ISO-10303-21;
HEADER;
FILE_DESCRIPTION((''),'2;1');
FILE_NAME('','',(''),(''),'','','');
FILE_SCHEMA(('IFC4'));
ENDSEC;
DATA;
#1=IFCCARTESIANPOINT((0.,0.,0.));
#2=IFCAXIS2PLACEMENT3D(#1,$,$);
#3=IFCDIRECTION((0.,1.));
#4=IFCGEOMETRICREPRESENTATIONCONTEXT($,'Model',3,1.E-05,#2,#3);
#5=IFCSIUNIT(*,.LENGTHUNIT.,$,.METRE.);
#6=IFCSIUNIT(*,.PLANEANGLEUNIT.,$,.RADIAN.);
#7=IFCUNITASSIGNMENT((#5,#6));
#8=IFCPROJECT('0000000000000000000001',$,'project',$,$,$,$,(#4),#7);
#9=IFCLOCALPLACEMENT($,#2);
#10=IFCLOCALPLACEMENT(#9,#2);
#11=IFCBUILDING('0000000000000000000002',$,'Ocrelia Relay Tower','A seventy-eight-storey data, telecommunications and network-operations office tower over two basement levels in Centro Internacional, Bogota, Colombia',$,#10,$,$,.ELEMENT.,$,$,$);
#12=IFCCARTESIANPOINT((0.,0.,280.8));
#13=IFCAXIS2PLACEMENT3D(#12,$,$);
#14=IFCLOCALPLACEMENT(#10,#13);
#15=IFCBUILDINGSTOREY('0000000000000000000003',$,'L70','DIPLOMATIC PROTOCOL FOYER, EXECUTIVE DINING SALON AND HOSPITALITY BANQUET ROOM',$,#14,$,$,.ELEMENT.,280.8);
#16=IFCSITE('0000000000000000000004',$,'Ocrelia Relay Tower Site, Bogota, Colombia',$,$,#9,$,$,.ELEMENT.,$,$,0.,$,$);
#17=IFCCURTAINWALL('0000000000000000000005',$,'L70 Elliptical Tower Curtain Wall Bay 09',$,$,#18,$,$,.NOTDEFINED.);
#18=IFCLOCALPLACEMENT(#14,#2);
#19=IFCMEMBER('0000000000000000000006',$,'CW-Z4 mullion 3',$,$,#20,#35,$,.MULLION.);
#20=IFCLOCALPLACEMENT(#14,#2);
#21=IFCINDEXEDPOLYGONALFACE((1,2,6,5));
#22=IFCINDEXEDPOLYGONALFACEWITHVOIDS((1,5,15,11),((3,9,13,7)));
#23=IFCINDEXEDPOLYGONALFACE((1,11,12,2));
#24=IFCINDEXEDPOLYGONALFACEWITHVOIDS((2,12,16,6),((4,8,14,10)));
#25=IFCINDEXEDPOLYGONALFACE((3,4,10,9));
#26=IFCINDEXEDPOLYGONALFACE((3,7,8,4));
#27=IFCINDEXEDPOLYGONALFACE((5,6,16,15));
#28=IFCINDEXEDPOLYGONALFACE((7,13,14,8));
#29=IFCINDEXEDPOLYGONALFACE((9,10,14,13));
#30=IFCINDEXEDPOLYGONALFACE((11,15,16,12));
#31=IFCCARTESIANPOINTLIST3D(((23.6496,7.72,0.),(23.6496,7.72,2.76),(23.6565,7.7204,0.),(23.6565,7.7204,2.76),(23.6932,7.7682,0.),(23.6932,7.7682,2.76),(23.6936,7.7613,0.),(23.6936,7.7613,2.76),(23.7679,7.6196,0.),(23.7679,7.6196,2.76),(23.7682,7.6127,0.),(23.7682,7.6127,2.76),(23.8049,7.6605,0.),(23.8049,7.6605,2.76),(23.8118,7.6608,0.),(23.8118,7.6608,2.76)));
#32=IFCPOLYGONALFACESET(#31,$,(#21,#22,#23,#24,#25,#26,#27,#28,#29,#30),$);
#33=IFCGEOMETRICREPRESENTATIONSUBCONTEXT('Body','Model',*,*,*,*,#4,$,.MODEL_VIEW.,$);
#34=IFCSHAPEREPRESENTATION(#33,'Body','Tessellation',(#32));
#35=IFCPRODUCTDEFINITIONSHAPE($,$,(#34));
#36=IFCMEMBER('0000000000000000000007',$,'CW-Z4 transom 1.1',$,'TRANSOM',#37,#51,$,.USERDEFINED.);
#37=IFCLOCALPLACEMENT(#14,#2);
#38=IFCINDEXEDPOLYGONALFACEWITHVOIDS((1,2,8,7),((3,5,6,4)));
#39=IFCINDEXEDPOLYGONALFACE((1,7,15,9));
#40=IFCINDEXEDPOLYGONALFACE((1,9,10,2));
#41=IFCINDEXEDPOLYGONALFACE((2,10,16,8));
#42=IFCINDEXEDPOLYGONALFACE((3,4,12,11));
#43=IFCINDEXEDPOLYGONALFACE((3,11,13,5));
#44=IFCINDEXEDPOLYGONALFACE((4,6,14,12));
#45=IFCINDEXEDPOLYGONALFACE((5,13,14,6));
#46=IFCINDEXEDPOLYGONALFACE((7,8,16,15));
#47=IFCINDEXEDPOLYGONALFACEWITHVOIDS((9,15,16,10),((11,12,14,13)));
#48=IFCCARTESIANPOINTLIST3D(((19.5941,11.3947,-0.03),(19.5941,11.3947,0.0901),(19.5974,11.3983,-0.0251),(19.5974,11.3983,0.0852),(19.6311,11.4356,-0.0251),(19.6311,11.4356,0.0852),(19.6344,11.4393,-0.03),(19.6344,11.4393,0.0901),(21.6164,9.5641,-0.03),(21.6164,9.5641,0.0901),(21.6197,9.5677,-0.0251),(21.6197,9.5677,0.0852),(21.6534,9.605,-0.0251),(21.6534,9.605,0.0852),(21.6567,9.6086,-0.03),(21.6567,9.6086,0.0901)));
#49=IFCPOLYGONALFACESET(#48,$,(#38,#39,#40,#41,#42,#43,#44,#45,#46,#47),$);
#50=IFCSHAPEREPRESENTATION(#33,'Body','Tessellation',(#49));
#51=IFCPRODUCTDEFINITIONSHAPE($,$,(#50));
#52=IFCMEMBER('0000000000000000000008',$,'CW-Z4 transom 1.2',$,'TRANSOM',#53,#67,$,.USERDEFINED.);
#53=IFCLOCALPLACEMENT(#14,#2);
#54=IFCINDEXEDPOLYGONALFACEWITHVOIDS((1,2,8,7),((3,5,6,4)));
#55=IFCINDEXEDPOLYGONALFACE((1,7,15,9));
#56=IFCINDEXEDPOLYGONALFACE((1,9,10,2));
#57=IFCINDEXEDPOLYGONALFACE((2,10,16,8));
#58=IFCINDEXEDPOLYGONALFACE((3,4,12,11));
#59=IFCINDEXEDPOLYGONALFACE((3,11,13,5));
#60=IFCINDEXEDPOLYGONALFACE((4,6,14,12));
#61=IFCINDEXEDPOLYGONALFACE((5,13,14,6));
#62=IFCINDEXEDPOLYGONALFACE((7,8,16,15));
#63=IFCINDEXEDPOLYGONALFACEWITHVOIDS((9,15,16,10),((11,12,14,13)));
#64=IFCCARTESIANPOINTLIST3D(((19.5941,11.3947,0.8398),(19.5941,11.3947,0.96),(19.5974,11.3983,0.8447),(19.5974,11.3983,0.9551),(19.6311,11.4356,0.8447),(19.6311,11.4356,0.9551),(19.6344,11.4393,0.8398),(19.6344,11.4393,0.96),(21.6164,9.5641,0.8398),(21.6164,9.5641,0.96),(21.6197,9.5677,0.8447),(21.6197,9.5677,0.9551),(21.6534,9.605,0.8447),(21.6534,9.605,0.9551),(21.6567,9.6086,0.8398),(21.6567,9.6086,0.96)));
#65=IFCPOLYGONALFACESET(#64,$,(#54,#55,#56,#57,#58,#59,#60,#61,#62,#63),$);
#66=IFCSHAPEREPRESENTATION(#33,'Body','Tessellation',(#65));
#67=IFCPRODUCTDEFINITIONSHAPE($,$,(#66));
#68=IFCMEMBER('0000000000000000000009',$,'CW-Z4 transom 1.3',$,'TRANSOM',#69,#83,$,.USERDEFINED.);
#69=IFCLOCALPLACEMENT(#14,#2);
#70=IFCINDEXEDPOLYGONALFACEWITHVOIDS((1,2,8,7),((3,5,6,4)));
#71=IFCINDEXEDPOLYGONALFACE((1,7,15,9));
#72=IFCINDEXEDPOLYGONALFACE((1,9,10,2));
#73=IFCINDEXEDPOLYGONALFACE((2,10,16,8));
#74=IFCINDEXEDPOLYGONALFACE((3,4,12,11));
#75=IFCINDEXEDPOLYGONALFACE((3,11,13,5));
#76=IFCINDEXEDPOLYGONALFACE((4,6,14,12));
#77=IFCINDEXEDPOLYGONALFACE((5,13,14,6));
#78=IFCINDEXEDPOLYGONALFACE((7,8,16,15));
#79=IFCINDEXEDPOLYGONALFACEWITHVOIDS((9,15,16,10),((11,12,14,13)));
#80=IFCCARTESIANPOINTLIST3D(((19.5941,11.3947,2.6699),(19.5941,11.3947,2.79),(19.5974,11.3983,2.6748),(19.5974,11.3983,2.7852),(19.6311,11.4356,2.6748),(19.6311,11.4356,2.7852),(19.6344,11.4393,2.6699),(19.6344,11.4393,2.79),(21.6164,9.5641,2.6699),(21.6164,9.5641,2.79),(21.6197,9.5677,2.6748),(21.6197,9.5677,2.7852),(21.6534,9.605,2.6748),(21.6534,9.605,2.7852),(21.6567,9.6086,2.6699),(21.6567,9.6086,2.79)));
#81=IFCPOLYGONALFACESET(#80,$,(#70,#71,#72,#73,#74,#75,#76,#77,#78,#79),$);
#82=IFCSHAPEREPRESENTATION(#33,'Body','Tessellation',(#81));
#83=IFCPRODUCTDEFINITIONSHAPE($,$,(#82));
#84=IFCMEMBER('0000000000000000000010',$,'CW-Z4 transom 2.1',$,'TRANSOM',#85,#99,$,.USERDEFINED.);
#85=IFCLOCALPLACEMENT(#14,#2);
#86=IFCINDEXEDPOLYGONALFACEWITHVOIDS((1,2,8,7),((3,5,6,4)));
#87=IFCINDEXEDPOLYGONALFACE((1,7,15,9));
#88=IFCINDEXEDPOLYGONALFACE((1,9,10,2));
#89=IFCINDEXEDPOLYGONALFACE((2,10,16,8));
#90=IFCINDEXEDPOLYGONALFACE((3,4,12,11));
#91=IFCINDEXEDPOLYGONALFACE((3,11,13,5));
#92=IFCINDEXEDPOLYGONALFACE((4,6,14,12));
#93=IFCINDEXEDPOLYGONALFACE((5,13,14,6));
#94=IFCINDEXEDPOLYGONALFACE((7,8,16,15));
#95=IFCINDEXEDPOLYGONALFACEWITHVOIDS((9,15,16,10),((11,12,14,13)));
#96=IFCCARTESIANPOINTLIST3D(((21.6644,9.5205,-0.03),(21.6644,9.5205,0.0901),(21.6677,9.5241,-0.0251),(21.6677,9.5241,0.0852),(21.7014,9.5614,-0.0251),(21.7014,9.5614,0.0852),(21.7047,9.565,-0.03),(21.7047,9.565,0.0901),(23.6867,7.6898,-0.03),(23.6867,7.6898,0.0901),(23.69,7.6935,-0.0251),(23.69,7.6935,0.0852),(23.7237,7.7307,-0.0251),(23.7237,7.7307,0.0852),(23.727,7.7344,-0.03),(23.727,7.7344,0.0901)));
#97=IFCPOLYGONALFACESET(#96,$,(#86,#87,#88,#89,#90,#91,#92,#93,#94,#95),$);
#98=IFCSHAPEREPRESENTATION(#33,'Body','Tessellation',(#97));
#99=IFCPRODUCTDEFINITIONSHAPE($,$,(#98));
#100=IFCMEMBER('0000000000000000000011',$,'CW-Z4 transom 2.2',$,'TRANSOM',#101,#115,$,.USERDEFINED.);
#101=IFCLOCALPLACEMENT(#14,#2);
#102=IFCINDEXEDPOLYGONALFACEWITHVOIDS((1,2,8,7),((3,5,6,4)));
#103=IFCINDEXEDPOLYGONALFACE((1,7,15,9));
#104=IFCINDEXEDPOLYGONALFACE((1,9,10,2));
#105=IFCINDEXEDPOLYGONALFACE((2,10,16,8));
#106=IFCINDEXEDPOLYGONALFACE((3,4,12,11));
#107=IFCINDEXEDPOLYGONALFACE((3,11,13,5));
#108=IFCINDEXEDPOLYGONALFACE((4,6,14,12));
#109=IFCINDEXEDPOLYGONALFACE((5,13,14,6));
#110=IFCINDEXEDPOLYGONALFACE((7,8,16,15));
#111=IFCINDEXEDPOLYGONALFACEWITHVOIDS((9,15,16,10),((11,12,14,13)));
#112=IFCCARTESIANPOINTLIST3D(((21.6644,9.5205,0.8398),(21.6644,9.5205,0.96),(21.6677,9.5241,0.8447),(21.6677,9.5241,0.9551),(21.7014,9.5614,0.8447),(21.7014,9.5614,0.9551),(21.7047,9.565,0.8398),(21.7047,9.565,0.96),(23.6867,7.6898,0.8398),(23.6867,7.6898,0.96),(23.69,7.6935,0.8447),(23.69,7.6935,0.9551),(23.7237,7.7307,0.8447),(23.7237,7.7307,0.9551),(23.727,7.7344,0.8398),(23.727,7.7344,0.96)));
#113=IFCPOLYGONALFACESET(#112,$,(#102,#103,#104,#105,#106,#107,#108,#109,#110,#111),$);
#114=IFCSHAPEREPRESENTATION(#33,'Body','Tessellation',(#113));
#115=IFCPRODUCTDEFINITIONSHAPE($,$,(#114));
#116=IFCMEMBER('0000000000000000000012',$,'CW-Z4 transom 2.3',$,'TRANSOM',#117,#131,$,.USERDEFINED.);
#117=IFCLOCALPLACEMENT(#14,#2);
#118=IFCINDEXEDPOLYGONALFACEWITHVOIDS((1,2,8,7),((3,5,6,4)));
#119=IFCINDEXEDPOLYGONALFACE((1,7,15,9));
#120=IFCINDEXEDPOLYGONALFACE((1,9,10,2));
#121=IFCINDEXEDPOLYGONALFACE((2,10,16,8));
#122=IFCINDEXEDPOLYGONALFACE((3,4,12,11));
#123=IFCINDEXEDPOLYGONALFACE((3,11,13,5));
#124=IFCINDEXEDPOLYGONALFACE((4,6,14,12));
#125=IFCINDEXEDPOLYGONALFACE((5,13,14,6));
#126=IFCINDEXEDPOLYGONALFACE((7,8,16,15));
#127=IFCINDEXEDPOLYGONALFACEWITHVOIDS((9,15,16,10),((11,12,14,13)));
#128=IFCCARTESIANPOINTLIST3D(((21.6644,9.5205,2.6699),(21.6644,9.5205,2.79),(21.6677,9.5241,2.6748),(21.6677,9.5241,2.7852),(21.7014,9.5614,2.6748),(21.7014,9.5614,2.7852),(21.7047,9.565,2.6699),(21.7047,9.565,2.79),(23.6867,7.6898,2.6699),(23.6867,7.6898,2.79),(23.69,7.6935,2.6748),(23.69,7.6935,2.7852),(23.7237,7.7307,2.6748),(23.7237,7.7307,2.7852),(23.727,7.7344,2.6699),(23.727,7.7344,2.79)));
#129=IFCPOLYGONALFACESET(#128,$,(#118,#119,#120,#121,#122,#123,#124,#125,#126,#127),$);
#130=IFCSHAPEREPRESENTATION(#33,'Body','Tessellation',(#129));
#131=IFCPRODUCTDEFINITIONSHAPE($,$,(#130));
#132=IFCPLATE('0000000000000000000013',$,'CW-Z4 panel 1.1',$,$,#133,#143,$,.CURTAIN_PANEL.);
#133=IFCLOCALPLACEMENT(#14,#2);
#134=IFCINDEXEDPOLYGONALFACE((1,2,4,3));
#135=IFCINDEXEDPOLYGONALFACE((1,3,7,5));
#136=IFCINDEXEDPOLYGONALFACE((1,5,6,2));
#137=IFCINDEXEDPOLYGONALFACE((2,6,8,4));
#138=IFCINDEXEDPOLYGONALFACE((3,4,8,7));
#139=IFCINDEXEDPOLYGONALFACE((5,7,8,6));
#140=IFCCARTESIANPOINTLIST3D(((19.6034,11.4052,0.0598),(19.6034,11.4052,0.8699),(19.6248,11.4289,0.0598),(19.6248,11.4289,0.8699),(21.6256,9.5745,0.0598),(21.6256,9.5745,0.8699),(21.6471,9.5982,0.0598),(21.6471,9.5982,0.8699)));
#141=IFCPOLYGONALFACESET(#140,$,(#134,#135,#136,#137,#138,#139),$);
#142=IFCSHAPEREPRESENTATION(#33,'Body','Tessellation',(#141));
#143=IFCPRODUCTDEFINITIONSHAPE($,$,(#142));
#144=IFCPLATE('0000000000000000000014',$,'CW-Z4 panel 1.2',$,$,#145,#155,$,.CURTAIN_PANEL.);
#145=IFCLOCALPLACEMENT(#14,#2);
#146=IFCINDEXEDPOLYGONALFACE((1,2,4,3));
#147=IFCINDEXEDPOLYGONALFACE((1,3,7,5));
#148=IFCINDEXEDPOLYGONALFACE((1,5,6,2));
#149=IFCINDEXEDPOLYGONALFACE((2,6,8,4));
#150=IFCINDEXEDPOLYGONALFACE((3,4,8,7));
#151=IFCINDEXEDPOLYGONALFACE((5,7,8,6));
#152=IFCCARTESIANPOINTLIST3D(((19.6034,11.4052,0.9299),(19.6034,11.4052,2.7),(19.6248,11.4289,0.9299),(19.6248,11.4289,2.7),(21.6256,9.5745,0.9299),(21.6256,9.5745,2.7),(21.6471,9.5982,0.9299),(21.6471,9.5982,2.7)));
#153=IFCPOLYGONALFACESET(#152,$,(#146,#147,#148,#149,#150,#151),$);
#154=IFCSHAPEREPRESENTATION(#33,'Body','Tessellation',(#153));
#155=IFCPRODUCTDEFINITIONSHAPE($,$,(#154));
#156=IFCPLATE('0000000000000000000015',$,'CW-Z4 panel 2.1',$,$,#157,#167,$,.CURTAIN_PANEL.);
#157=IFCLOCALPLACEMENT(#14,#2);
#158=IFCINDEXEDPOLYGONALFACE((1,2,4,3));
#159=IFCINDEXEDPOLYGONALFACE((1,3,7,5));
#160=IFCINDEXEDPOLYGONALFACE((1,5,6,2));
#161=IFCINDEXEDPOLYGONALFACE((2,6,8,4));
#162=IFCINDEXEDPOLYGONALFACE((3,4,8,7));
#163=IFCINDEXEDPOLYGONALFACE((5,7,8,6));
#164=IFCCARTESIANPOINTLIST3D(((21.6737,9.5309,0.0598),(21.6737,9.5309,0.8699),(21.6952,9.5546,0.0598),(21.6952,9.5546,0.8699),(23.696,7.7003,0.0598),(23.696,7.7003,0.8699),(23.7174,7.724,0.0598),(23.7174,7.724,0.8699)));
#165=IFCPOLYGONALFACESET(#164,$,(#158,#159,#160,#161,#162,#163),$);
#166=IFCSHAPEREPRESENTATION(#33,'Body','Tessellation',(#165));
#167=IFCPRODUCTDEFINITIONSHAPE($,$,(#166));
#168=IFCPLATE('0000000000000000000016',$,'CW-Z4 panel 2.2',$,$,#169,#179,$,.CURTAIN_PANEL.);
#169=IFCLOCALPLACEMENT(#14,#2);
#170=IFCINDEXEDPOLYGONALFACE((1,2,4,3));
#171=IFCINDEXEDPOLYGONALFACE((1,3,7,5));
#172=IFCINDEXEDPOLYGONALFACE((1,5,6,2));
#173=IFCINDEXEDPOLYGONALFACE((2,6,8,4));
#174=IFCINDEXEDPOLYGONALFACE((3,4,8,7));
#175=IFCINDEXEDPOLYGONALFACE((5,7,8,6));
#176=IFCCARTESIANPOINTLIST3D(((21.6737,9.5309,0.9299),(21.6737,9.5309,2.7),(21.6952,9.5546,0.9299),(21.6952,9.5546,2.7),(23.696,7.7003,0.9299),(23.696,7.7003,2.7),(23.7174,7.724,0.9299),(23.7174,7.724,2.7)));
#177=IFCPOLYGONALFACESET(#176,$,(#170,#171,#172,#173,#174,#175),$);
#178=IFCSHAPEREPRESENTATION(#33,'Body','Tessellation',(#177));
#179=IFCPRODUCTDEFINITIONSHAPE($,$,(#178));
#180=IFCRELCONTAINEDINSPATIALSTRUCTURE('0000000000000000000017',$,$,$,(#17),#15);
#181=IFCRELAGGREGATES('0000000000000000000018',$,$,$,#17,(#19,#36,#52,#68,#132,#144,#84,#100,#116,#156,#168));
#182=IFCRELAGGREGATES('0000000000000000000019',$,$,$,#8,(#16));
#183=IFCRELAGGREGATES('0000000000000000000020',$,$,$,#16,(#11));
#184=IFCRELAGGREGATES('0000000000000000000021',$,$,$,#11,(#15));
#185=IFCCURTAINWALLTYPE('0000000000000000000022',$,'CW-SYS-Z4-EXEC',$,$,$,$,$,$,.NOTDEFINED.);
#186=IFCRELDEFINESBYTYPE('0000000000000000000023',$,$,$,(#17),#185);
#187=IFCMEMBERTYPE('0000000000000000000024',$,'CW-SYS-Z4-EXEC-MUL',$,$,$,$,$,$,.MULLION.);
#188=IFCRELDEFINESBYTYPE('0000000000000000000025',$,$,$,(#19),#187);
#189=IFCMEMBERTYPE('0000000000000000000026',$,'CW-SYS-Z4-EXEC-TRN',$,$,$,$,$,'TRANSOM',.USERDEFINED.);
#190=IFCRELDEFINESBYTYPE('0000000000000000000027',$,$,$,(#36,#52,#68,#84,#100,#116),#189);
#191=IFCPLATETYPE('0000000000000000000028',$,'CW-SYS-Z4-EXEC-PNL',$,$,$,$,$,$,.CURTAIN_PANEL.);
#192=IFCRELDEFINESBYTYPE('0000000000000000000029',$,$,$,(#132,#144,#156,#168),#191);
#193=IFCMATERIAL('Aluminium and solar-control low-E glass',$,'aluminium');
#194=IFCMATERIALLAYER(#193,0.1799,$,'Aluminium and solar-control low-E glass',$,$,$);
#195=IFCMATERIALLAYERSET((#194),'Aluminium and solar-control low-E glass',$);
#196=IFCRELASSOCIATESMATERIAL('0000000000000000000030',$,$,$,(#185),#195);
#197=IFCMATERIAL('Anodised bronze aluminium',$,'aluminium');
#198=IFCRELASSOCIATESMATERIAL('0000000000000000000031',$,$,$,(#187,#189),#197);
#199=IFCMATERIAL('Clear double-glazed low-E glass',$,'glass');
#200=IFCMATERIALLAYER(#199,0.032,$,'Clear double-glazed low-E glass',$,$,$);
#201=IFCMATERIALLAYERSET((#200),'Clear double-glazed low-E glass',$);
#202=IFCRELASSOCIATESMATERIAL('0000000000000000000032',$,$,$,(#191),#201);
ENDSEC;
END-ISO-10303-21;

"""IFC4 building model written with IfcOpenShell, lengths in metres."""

from ifc_helpers import new_model, si_unit, direction, frame, origin, origin_2d, place, context, subcontext, project, spatial, rectangle, hollow_rectangle, extrude, material, layer, layer_set, material_profile, profile_set, type_object, element, aggregate, save


model = new_model("IFC4")

# Units and contexts
model_context = context("Model", 3, precision=1e-05, world=origin(), true_north=direction((0.0, 1.0)))
body_context = subcontext(model_context, "Body", "Model", "MODEL_VIEW")
ifc_project = project(units=[si_unit("LENGTHUNIT", "METRE"), si_unit("PLANEANGLEUNIT", "RADIAN")], contexts=[model_context])

# Site, building, storey
site_placement = place(None, origin())
site = spatial("IfcSite", under=ifc_project, at=site_placement, Name="Ocrelia Relay Tower Site, Bogota, Colombia", CompositionType="ELEMENT", RefElevation=0.0)
building_placement = place(site_placement, origin())
building = spatial("IfcBuilding", under=site, at=building_placement, Name="Ocrelia Relay Tower", Description="A seventy-eight-storey data, telecommunications and network-operations office tower over two basement levels in Centro Internacional, Bogota, Colombia", CompositionType="ELEMENT")
storey_placement = place(building_placement, frame((0.0, 0.0, 280.8)))
storey = spatial("IfcBuildingStorey", under=building, at=storey_placement, Name="L70", Description="DIPLOMATIC PROTOCOL FOYER, EXECUTIVE DINING SALON AND HOSPITALITY BANQUET ROOM", CompositionType="ELEMENT", Elevation=280.8)

# Curtain wall, members, plates
ifc_material_1 = material(Name="Aluminium and solar-control low-E glass", Category="aluminium")
ifc_layer_1 = layer(ifc_material_1, 0.1799, Name="Aluminium and solar-control low-E glass")
ifc_layer_set_1 = layer_set([ifc_layer_1], Name="Aluminium and solar-control low-E glass")
curtain_wall_type = type_object("IfcCurtainWallType", Name="CW-SYS-Z4-EXEC", PredefinedType="NOTDEFINED", material=ifc_layer_set_1)
curtain_wall_placement = place(storey_placement, origin())
curtain_wall = element("IfcCurtainWall", 1, at=curtain_wall_placement, inside=storey, type_object=curtain_wall_type, Name="L70 Elliptical Tower Curtain Wall Bay 09", PredefinedType="NOTDEFINED")
ifc_material_2 = material(Name="Anodised bronze aluminium", Category="aluminium")
ifc_material_profile_1 = material_profile(ifc_material_2, hollow_rectangle(XDim=0.0649, YDim=0.1599, WallThickness=0.0049, at=origin_2d()), Name="CW-MUL-160x65")
ifc_profile_set_1 = profile_set([ifc_material_profile_1], Name="Anodised bronze aluminium")
member_type_1 = type_object("IfcMemberType", Name="CW-SYS-Z4-EXEC-MUL", PredefinedType="MULLION", material=ifc_profile_set_1)
member_1_placement = place(storey_placement, frame((23.7307, 7.6904, 0.0), z_axis=(0.0, 0.0, 1.0), x_axis=(0.671112, 0.741356, 0.0)))
member_1 = element("IfcMember", 2, at=member_1_placement, type_object=member_type_1, Name="CW-Z4 mullion 3", PredefinedType="MULLION", context=body_context, shape_type="SweptSolid", body=[
    extrude(hollow_rectangle(XDim=0.0649, YDim=0.1599, WallThickness=0.0049, at=origin_2d()), origin(), (0.0, 0.0, 1.0), 2.76),
])
ifc_material_profile_2 = material_profile(ifc_material_2, hollow_rectangle(XDim=0.0601, YDim=0.1201, WallThickness=0.0049, at=origin_2d()), Name="CW-TRN-120x60")
ifc_profile_set_2 = profile_set([ifc_material_profile_2], Name="Anodised bronze aluminium")
member_type_2 = type_object("IfcMemberType", Name="CW-SYS-Z4-EXEC-TRN", ElementType="TRANSOM", PredefinedType="USERDEFINED", material=ifc_profile_set_2)
member_2_placement = place(storey_placement, frame((19.6143, 11.417, 0.03), z_axis=(0.741364, -0.671103, 0.0), x_axis=(0.671103, 0.741364, 0.0)))
member_2 = element("IfcMember", 3, at=member_2_placement, type_object=member_type_2, Name="CW-Z4 transom 1.1", ObjectType="TRANSOM", PredefinedType="USERDEFINED", context=body_context, shape_type="SweptSolid", body=[
    extrude(hollow_rectangle(XDim=0.0601, YDim=0.1201, WallThickness=0.0049, at=origin_2d()), origin(), (0.0, 0.0, 1.0), 2.7278),
])
member_3_placement = place(storey_placement, frame((19.6143, 11.417, 0.8999), z_axis=(0.741364, -0.671103, 0.0), x_axis=(0.671103, 0.741364, 0.0)))
member_3 = element("IfcMember", 4, at=member_3_placement, type_object=member_type_2, Name="CW-Z4 transom 1.2", ObjectType="TRANSOM", PredefinedType="USERDEFINED", context=body_context, shape_type="SweptSolid", body=[
    extrude(hollow_rectangle(XDim=0.0601, YDim=0.1201, WallThickness=0.0049, at=origin_2d()), origin(), (0.0, 0.0, 1.0), 2.7278),
])
member_4_placement = place(storey_placement, frame((19.6143, 11.417, 2.73), z_axis=(0.741364, -0.671103, 0.0), x_axis=(0.671103, 0.741364, 0.0)))
member_4 = element("IfcMember", 5, at=member_4_placement, type_object=member_type_2, Name="CW-Z4 transom 1.3", ObjectType="TRANSOM", PredefinedType="USERDEFINED", context=body_context, shape_type="SweptSolid", body=[
    extrude(hollow_rectangle(XDim=0.0601, YDim=0.1201, WallThickness=0.0049, at=origin_2d()), origin(), (0.0, 0.0, 1.0), 2.7278),
])
member_5_placement = place(storey_placement, frame((21.6846, 9.5427, 0.03), z_axis=(0.741364, -0.671103, 0.0), x_axis=(0.671103, 0.741364, 0.0)))
member_5 = element("IfcMember", 6, at=member_5_placement, type_object=member_type_2, Name="CW-Z4 transom 2.1", ObjectType="TRANSOM", PredefinedType="USERDEFINED", context=body_context, shape_type="SweptSolid", body=[
    extrude(hollow_rectangle(XDim=0.0601, YDim=0.1201, WallThickness=0.0049, at=origin_2d()), origin(), (0.0, 0.0, 1.0), 2.7278),
])
member_6_placement = place(storey_placement, frame((21.6846, 9.5427, 0.8999), z_axis=(0.741364, -0.671103, 0.0), x_axis=(0.671103, 0.741364, 0.0)))
member_6 = element("IfcMember", 7, at=member_6_placement, type_object=member_type_2, Name="CW-Z4 transom 2.2", ObjectType="TRANSOM", PredefinedType="USERDEFINED", context=body_context, shape_type="SweptSolid", body=[
    extrude(hollow_rectangle(XDim=0.0601, YDim=0.1201, WallThickness=0.0049, at=origin_2d()), origin(), (0.0, 0.0, 1.0), 2.7278),
])
member_7_placement = place(storey_placement, frame((21.6846, 9.5427, 2.73), z_axis=(0.741364, -0.671103, 0.0), x_axis=(0.671103, 0.741364, 0.0)))
member_7 = element("IfcMember", 8, at=member_7_placement, type_object=member_type_2, Name="CW-Z4 transom 2.3", ObjectType="TRANSOM", PredefinedType="USERDEFINED", context=body_context, shape_type="SweptSolid", body=[
    extrude(hollow_rectangle(XDim=0.0601, YDim=0.1201, WallThickness=0.0049, at=origin_2d()), origin(), (0.0, 0.0, 1.0), 2.7278),
])
ifc_material_3 = material(Name="Clear double-glazed low-E glass", Category="glass")
ifc_layer_2 = layer(ifc_material_3, 0.032, Name="Clear double-glazed low-E glass")
ifc_layer_set_2 = layer_set([ifc_layer_2], Name="Clear double-glazed low-E glass")
plate_type = type_object("IfcPlateType", Name="CW-SYS-Z4-EXEC-PNL", PredefinedType="CURTAIN_PANEL", material=ifc_layer_set_2)
plate_1_placement = place(storey_placement, frame((20.6252, 10.5017, 0.0598), z_axis=(0.0, 0.0, 1.0), x_axis=(0.741356, -0.671112, 0.0)))
plate_1 = element("IfcPlate", 9, at=plate_1_placement, type_object=plate_type, Name="CW-Z4 panel 1.1", PredefinedType="CURTAIN_PANEL", context=body_context, shape_type="SweptSolid", body=[
    extrude(rectangle(XDim=2.7278, YDim=0.032, at=origin_2d()), origin(), (0.0, 0.0, 1.0), 0.8101),
])
plate_2_placement = place(storey_placement, frame((20.6252, 10.5017, 0.9299), z_axis=(0.0, 0.0, 1.0), x_axis=(0.741356, -0.671112, 0.0)))
plate_2 = element("IfcPlate", 10, at=plate_2_placement, type_object=plate_type, Name="CW-Z4 panel 1.2", PredefinedType="CURTAIN_PANEL", context=body_context, shape_type="SweptSolid", body=[
    extrude(rectangle(XDim=2.7278, YDim=0.032, at=origin_2d()), origin(), (0.0, 0.0, 1.0), 1.77),
])
plate_3_placement = place(storey_placement, frame((22.6956, 8.6274, 0.0598), z_axis=(0.0, 0.0, 1.0), x_axis=(0.741356, -0.671112, 0.0)))
plate_3 = element("IfcPlate", 11, at=plate_3_placement, type_object=plate_type, Name="CW-Z4 panel 2.1", PredefinedType="CURTAIN_PANEL", context=body_context, shape_type="SweptSolid", body=[
    extrude(rectangle(XDim=2.7278, YDim=0.032, at=origin_2d()), origin(), (0.0, 0.0, 1.0), 0.8101),
])
plate_4_placement = place(storey_placement, frame((22.6956, 8.6274, 0.9299), z_axis=(0.0, 0.0, 1.0), x_axis=(0.741356, -0.671112, 0.0)))
plate_4 = element("IfcPlate", 12, at=plate_4_placement, type_object=plate_type, Name="CW-Z4 panel 2.2", PredefinedType="CURTAIN_PANEL", context=body_context, shape_type="SweptSolid", body=[
    extrude(rectangle(XDim=2.7278, YDim=0.032, at=origin_2d()), origin(), (0.0, 0.0, 1.0), 1.77),
])
aggregate(curtain_wall, [member_1, member_2, member_3, member_4, plate_1, plate_2, member_5, member_6, member_7, plate_3, plate_4])

save(model, "model.ifc")
